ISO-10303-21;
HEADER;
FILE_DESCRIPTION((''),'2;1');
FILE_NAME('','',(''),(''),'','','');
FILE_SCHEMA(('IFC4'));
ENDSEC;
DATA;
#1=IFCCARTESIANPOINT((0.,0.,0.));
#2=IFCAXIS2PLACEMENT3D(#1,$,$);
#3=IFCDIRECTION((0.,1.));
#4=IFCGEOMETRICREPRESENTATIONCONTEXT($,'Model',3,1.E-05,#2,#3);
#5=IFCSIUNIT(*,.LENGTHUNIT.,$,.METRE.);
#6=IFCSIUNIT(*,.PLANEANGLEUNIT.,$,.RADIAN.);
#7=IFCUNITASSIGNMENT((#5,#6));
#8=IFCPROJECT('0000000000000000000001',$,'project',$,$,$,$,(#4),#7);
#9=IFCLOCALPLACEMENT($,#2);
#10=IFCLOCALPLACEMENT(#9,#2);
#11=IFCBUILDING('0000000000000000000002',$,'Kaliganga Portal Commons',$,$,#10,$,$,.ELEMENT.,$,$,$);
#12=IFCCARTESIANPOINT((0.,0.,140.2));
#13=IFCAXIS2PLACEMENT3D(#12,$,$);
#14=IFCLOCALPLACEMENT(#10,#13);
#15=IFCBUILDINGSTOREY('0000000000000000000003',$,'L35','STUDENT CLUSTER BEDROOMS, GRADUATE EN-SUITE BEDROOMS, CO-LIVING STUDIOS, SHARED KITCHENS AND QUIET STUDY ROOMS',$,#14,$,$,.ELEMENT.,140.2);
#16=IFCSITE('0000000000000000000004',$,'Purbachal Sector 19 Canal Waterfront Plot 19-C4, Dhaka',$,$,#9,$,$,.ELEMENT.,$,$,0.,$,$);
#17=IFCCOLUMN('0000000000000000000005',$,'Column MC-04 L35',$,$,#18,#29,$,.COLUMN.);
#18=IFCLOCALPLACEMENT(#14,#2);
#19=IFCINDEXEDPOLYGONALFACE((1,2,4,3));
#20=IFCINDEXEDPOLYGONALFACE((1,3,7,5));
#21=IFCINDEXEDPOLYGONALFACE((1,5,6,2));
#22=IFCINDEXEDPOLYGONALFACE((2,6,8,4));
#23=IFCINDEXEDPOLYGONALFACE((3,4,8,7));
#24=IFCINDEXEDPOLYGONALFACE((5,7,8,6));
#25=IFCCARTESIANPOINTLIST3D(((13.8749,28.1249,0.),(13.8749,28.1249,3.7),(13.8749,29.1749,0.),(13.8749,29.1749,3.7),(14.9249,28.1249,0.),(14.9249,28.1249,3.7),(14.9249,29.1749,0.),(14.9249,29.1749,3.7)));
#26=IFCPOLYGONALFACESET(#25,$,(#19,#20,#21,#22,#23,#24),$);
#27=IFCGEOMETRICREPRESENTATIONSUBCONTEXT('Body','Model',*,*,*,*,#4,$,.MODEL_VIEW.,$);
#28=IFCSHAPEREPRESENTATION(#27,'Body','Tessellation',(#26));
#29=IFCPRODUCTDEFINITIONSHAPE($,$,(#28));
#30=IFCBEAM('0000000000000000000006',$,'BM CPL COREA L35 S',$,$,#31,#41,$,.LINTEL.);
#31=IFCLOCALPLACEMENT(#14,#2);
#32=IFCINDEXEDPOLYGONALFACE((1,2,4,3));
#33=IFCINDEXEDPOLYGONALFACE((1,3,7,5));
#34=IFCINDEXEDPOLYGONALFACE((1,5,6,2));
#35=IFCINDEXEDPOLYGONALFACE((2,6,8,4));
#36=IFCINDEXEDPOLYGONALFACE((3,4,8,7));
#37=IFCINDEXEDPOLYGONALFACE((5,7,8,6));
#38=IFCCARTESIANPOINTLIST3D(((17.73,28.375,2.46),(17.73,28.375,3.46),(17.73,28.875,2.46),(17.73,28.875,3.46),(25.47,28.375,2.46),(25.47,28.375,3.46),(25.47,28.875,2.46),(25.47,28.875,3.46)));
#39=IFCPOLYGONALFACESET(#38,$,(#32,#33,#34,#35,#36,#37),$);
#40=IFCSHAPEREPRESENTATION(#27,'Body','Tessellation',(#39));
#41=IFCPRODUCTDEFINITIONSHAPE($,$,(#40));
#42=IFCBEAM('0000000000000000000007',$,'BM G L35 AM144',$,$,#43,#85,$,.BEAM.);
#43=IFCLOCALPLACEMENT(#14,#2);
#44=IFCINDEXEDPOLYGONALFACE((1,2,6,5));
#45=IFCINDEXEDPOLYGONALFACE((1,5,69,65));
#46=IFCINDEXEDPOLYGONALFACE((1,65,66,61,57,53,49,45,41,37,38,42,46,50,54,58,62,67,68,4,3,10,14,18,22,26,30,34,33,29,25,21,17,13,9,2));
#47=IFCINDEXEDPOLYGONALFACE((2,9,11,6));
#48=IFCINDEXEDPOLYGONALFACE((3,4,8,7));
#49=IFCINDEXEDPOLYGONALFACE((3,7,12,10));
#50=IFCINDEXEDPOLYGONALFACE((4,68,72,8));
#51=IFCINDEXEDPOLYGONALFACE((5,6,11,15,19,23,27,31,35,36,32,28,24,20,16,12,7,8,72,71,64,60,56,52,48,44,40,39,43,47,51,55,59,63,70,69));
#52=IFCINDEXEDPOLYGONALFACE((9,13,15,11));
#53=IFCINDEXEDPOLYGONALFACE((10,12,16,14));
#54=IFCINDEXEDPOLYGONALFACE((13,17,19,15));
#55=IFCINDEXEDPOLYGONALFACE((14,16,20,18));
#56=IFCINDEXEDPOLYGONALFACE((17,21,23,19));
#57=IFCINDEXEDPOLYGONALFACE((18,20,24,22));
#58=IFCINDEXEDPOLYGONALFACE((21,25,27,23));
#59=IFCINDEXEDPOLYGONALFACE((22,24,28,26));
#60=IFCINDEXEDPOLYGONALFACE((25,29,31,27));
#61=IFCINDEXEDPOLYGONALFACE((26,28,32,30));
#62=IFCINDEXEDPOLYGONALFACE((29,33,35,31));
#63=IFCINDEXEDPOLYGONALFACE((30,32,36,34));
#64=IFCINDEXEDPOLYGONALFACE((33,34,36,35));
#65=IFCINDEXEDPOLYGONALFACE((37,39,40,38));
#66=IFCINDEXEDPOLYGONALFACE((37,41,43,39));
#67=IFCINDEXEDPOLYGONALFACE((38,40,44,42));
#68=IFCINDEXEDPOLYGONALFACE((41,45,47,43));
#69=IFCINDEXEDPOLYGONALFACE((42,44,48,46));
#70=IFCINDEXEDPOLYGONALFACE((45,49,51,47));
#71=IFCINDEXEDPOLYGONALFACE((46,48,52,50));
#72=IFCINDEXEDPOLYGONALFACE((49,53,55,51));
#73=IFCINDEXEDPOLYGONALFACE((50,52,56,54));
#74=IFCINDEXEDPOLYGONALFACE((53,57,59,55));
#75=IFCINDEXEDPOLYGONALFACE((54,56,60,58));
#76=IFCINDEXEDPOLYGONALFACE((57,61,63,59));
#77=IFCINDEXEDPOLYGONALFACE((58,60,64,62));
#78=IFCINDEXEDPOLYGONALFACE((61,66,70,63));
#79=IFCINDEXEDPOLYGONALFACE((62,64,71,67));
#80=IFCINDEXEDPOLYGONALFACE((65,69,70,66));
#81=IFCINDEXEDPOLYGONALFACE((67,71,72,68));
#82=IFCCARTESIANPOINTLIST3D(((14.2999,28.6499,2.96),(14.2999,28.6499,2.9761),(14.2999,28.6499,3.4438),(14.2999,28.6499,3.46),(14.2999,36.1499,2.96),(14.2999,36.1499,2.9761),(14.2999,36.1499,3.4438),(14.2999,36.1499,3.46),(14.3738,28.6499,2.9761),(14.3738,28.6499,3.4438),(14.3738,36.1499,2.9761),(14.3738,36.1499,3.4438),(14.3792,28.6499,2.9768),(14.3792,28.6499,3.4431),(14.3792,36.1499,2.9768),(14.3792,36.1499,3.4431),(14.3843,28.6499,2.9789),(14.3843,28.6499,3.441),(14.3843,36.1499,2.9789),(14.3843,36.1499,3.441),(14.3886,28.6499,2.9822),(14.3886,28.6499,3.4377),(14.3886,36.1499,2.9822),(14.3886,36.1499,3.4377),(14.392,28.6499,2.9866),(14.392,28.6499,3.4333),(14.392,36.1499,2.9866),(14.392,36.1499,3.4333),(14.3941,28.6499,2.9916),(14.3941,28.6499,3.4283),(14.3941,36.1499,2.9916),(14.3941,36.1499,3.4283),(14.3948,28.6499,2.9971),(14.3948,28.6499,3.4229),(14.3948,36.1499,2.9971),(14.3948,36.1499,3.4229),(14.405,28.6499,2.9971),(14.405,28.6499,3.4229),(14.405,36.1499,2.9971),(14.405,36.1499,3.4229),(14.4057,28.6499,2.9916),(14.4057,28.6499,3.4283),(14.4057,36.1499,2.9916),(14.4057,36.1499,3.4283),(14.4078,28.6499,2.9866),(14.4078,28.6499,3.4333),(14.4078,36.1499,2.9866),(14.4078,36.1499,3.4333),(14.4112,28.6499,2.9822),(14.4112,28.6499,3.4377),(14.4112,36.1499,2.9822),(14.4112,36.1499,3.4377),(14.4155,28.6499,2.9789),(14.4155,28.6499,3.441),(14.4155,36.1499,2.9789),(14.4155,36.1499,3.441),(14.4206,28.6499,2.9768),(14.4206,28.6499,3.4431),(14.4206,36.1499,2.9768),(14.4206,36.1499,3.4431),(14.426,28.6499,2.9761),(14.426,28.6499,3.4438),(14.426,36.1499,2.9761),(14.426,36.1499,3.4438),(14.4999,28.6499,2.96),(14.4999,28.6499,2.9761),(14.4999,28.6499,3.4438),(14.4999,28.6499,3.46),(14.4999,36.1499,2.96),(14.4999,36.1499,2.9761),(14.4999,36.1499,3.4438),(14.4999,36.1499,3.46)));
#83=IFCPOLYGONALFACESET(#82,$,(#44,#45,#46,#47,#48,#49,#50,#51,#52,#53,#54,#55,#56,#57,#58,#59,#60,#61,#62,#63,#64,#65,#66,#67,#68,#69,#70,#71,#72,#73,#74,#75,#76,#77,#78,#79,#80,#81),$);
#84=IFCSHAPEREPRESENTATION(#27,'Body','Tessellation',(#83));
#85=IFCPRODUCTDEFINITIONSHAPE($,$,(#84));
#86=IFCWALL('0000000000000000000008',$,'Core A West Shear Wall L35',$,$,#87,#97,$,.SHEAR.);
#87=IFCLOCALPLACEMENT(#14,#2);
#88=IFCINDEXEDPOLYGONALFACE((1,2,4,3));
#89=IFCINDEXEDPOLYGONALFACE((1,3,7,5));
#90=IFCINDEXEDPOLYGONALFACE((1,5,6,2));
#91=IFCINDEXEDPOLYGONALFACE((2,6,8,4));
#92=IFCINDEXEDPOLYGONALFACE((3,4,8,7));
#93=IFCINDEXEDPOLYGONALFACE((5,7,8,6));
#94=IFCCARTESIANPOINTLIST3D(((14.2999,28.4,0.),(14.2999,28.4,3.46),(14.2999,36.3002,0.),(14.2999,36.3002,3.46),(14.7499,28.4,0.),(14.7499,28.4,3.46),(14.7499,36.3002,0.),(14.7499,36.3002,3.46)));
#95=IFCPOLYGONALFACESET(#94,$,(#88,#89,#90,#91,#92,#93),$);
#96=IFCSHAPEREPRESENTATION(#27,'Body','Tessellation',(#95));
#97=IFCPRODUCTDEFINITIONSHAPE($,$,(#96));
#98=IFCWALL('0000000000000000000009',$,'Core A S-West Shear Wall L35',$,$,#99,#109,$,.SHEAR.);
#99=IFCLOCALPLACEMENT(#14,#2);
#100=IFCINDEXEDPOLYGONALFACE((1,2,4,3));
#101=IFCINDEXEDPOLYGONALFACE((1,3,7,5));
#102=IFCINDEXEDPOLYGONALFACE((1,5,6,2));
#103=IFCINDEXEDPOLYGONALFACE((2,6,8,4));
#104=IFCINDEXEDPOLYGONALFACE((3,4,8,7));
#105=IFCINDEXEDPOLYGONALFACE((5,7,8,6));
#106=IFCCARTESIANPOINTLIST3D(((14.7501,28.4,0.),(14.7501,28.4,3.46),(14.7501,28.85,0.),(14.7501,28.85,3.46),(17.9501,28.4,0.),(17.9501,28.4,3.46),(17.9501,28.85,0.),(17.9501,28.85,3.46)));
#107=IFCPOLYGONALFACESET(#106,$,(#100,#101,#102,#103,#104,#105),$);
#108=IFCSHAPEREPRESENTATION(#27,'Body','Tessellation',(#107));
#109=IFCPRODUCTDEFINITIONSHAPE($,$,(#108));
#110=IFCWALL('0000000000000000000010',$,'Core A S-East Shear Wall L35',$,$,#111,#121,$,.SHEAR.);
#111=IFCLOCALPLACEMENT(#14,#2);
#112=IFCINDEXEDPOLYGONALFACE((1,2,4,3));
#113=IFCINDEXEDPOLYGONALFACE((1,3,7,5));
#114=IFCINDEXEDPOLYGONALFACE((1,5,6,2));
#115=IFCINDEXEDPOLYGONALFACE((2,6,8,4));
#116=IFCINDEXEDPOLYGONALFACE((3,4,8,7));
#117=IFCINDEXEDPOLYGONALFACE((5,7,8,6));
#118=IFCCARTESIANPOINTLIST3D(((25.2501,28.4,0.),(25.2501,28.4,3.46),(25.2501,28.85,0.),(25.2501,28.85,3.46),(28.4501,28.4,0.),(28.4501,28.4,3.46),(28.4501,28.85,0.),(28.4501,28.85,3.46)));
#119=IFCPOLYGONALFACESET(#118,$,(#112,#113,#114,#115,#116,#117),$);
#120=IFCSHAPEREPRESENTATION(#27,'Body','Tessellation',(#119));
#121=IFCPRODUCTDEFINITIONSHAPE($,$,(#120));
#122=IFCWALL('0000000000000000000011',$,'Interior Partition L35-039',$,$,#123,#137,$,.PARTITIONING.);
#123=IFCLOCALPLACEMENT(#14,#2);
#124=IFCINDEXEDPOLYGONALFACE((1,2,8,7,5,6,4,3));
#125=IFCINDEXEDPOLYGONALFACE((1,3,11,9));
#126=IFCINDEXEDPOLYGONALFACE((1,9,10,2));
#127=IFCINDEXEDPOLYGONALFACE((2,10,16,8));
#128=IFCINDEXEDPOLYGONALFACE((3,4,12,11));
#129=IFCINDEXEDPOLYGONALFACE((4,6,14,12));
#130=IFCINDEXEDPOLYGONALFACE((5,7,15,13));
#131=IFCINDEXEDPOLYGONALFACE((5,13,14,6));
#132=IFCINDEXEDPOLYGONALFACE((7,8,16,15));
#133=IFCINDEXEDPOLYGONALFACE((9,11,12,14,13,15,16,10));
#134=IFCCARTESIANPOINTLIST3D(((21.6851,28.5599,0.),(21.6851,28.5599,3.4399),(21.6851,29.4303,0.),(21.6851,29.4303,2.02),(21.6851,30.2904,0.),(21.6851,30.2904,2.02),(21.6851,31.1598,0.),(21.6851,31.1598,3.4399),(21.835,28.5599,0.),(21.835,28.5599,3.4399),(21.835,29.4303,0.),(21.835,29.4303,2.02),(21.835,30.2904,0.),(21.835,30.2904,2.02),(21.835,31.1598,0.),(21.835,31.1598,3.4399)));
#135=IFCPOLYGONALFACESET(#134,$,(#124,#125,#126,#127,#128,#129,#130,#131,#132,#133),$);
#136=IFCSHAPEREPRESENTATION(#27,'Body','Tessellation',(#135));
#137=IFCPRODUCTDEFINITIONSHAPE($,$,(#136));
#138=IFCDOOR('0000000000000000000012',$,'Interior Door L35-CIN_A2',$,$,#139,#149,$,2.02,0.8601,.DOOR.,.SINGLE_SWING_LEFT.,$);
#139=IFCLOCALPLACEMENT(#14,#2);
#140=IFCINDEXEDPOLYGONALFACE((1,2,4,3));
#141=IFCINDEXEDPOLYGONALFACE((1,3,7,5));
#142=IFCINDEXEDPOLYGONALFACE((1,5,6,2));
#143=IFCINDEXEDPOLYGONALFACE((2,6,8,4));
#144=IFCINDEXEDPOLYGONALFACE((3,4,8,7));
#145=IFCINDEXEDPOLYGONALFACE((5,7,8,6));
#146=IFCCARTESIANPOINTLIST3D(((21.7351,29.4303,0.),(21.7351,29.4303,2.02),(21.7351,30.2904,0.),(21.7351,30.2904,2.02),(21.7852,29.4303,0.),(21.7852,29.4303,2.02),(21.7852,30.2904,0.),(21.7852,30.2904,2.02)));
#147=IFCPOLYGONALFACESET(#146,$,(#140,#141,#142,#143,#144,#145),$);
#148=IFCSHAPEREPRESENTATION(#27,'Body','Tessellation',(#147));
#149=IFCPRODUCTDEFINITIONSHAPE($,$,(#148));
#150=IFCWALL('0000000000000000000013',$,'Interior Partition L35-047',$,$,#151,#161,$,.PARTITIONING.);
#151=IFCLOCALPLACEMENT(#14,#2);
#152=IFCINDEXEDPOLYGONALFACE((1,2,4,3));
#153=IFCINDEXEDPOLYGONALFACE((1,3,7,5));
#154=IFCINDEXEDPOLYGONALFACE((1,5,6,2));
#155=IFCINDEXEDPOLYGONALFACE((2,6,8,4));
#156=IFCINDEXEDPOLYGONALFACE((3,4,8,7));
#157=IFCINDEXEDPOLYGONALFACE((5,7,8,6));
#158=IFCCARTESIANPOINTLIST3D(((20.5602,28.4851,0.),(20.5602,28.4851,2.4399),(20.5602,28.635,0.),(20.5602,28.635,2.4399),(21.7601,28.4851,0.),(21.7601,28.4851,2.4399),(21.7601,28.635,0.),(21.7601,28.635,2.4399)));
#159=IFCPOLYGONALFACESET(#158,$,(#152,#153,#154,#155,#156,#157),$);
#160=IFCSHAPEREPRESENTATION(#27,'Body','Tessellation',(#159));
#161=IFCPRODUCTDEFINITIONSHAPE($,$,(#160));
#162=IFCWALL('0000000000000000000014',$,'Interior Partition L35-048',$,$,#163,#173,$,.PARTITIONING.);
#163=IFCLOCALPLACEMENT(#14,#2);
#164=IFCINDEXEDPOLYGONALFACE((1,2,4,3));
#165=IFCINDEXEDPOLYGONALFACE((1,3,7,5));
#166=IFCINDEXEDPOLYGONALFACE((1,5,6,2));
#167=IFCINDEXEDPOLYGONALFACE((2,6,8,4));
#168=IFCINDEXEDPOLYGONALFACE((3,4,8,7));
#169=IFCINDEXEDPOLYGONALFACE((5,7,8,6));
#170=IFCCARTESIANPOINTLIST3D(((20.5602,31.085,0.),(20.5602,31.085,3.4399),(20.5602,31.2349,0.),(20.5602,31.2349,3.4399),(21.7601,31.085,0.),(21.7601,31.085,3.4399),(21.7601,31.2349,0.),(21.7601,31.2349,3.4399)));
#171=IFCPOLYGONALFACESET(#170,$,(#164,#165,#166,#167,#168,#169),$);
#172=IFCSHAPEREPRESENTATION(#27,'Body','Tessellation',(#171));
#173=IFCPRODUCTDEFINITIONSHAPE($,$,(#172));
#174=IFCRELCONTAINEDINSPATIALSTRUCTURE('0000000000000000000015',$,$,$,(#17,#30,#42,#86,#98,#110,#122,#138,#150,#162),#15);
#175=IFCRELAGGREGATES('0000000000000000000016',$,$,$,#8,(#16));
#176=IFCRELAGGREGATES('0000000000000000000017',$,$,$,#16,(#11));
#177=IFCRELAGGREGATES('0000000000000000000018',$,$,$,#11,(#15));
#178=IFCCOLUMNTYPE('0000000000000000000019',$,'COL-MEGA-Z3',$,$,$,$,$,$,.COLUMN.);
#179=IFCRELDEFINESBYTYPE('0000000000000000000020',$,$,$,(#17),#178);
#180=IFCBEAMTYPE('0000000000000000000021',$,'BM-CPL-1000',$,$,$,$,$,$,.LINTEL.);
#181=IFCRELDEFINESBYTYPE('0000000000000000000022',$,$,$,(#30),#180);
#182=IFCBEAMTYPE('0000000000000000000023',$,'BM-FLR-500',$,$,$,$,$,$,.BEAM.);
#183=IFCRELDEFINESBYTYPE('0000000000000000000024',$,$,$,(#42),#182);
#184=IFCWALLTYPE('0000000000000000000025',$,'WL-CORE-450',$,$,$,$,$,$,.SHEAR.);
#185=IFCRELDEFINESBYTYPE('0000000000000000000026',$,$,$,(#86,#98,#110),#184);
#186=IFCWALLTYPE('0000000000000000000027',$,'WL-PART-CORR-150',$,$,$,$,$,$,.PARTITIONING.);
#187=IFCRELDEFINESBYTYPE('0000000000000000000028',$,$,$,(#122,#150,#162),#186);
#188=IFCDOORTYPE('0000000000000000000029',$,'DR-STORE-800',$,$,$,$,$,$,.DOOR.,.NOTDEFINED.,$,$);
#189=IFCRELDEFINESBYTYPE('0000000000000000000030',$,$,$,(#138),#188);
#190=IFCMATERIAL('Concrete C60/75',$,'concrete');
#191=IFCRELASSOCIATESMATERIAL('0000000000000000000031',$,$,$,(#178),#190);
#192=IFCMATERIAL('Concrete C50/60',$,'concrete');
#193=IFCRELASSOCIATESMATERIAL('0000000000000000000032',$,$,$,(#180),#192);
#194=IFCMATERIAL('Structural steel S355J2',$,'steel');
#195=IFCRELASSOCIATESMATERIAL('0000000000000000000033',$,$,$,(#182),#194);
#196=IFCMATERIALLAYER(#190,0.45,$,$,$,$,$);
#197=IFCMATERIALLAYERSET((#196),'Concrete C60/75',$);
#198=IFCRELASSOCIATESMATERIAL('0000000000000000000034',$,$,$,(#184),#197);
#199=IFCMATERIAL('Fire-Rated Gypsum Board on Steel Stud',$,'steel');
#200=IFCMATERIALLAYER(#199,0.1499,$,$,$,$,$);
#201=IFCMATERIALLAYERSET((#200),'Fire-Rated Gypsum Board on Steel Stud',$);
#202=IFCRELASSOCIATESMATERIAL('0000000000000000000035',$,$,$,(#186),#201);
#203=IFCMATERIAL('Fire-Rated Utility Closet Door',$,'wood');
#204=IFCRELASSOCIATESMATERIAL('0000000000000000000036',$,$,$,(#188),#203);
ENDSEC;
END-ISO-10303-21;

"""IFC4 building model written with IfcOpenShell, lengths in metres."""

from ifc_helpers import new_model, si_unit, direction, frame, frame_2d, origin, origin_2d, place, context, subcontext, project, spatial, rectangle, i_section, extrude, source, transform, mapped, material, layer, layer_set, material_profile, profile_set, type_object, element, fill, save


model = new_model("IFC4")

# Units and contexts
model_context = context("Model", 3, precision=1e-05, world=origin(), true_north=direction((0.0, 1.0)))
body_context = subcontext(model_context, "Body", "Model", "MODEL_VIEW")
ifc_project = project(units=[si_unit("LENGTHUNIT", "METRE"), si_unit("PLANEANGLEUNIT", "RADIAN")], contexts=[model_context])

# Site, building, storey
site_placement = place(None, origin())
site = spatial("IfcSite", under=ifc_project, at=site_placement, Name="Purbachal Sector 19 Canal Waterfront Plot 19-C4, Dhaka", CompositionType="ELEMENT", RefElevation=0.0)
building_placement = place(site_placement, origin())
building = spatial("IfcBuilding", under=site, at=building_placement, Name="Kaliganga Portal Commons", CompositionType="ELEMENT")
storey_placement = place(building_placement, frame((0.0, 0.0, 140.2)))
storey = spatial("IfcBuildingStorey", under=building, at=storey_placement, Name="L35", Description="STUDENT CLUSTER BEDROOMS, GRADUATE EN-SUITE BEDROOMS, CO-LIVING STUDIOS, SHARED KITCHENS AND QUIET STUDY ROOMS", CompositionType="ELEMENT", Elevation=140.2)

# Column
ifc_material_1 = material(Name="Concrete C60/75", Category="concrete")
ifc_material_profile_1 = material_profile(ifc_material_1, rectangle(XDim=1.05, YDim=1.05, at=origin_2d()), Name="RC 1050x1050")
ifc_profile_set_1 = profile_set([ifc_material_profile_1], Name="Concrete C60/75")
column_type = type_object("IfcColumnType", Name="COL-MEGA-Z3", PredefinedType="COLUMN", material=ifc_profile_set_1)
shared_shape_1 = source(origin(), body_context, "Body", "SweptSolid", [
    extrude(rectangle(XDim=1.05, YDim=1.05, at=origin_2d()), origin(), (0.0, 0.0, 1.0), 3.7),
])
column_placement = place(storey_placement, frame((14.3999, 28.6499, 0.0), z_axis=(0.0, 0.0, 1.0), x_axis=(1.0, 0.0, 0.0)))
element("IfcColumn", 1, at=column_placement, inside=storey, type_object=column_type, Name="Column MC-04 L35", PredefinedType="COLUMN", context=body_context, shape_type="MappedRepresentation", body=[
    mapped(shared_shape_1, transform((0.0, 0.0, 0.0), x_axis=(1.0, 0.0, 0.0), y_axis=(0.0, 1.0, 0.0), z_axis=(0.0, 0.0, 1.0), scale=1.0)),
])

# Beams
ifc_material_2 = material(Name="Concrete C50/60", Category="concrete")
ifc_material_profile_2 = material_profile(ifc_material_2, rectangle(XDim=0.5, YDim=1.0, at=origin_2d()), Name="RC 500x1000")
ifc_profile_set_2 = profile_set([ifc_material_profile_2], Name="Concrete C50/60")
beam_type_1 = type_object("IfcBeamType", Name="BM-CPL-1000", PredefinedType="LINTEL", material=ifc_profile_set_2)
shared_shape_2 = source(origin(), body_context, "Body", "SweptSolid", [
    extrude(rectangle(XDim=0.5, YDim=1.0, at=origin_2d()), origin(), (0.0, 0.0, 1.0), 7.74),
])
beam_1_placement = place(storey_placement, frame((17.73, 28.625, 2.96), z_axis=(1.0, 0.0, 0.0), x_axis=(0.0, 1.0, 0.0)))
element("IfcBeam", 2, at=beam_1_placement, inside=storey, type_object=beam_type_1, Name="BM CPL COREA L35 S", PredefinedType="LINTEL", context=body_context, shape_type="MappedRepresentation", body=[
    mapped(shared_shape_2, transform((0.0, 0.0, 0.0), x_axis=(1.0, 0.0, 0.0), y_axis=(0.0, 1.0, 0.0), z_axis=(0.0, 0.0, 1.0), scale=1.0)),
])
ifc_material_3 = material(Name="Structural steel S355J2", Category="steel")
ifc_material_profile_3 = material_profile(ifc_material_3, i_section(OverallWidth=0.2, OverallDepth=0.5, WebThickness=0.0103, FlangeThickness=0.0161, FilletRadius=0.021, at=origin_2d()), Name="IPE 500")
ifc_profile_set_3 = profile_set([ifc_material_profile_3], Name="Structural steel S355J2 wide-flange")
beam_type_2 = type_object("IfcBeamType", Name="BM-FLR-500", PredefinedType="BEAM", material=ifc_profile_set_3)
shared_shape_3 = source(origin(), body_context, "Body", "SweptSolid", [
    extrude(i_section(OverallWidth=0.2, OverallDepth=0.5, WebThickness=0.0103, FlangeThickness=0.0161, FilletRadius=0.021, at=origin_2d()), origin(), (0.0, 0.0, 1.0), 7.5),
])
beam_2_placement = place(storey_placement, frame((14.3999, 28.6499, 3.21), z_axis=(0.0, 1.0, 0.0), x_axis=(-1.0, 0.0, 0.0)))
element("IfcBeam", 3, at=beam_2_placement, inside=storey, type_object=beam_type_2, Name="BM G L35 AM144", PredefinedType="BEAM", context=body_context, shape_type="MappedRepresentation", body=[
    mapped(shared_shape_3, transform((0.0, 0.0, 0.0), x_axis=(1.0, 0.0, 0.0), y_axis=(0.0, 1.0, 0.0), z_axis=(0.0, 0.0, 1.0), scale=1.0)),
])

# Walls
ifc_layer_1 = layer(ifc_material_1, 0.45)
ifc_layer_set_1 = layer_set([ifc_layer_1], Name="Concrete C60/75")
wall_type_1 = type_object("IfcWallType", Name="WL-CORE-450", PredefinedType="SHEAR", material=ifc_layer_set_1)
wall_1_placement = place(storey_placement, frame((14.5249, 28.3999, 0.0), z_axis=(0.0, 0.0, 1.0), x_axis=(0.0, 1.0, 0.0)))
element("IfcWall", 4, at=wall_1_placement, inside=storey, type_object=wall_type_1, Name="Core A West Shear Wall L35", PredefinedType="SHEAR", context=body_context, shape_type="SweptSolid", body=[
    extrude(rectangle(XDim=7.9001, YDim=0.45, at=frame_2d((3.9502, 0.0))), origin(), (0.0, 0.0, 1.0), 3.46),
])
for number, where, z_axis, x_axis, name in (
    (5, (14.75, 28.625, 0.0), (0.0, 0.0, 1.0), (1.0, 0.0, 0.0), "Core A S-West Shear Wall L35"),
    (6, (25.25, 28.625, 0.0), (0.0, 0.0, 1.0), (1.0, 0.0, 0.0), "Core A S-East Shear Wall L35"),
):
    element("IfcWall", number, at=place(storey_placement, frame(where, z_axis=z_axis, x_axis=x_axis)), inside=storey, type_object=wall_type_1, Name=name, PredefinedType="SHEAR", context=body_context, shape_type="SweptSolid", body=[
        extrude(rectangle(XDim=3.2, YDim=0.45, at=frame_2d((1.6001, 0.0))), origin(), (0.0, 0.0, 1.0), 3.46),
    ])

# Wall, opening, door
ifc_material_4 = material(Name="Fire-Rated Gypsum Board on Steel Stud", Category="steel")
ifc_layer_2 = layer(ifc_material_4, 0.1499)
ifc_layer_set_2 = layer_set([ifc_layer_2], Name="Fire-Rated Gypsum Board on Steel Stud")
wall_type_2 = type_object("IfcWallType", Name="WL-PART-CORR-150", PredefinedType="PARTITIONING", material=ifc_layer_set_2)
wall_2_placement = place(storey_placement, frame((21.76, 28.5601, 0.0), z_axis=(0.0, 0.0, 1.0), x_axis=(0.0, 1.0, 0.0)))
wall_2 = element("IfcWall", 7, at=wall_2_placement, inside=storey, type_object=wall_type_2, Name="Interior Partition L35-039", PredefinedType="PARTITIONING", context=body_context, shape_type="SweptSolid", body=[
    extrude(rectangle(XDim=2.5999, YDim=0.1499, at=frame_2d((1.2998, 0.0))), origin(), (0.0, 0.0, 1.0), 3.4399),
])
opening_1_placement = place(wall_2_placement, frame((0.8701, 0.0, 0.0)))
opening_1 = element("IfcOpeningElement", 8, at=opening_1_placement, cuts=wall_2, PredefinedType="OPENING", context=body_context, shape_type="SweptSolid", body=[
    extrude(rectangle(XDim=0.8601, YDim=2.02, at=frame_2d((0.4302, 1.01))), frame((0.0, 0.085, 0.0), z_axis=(0.0, -1.0, 0.0), x_axis=(1.0, 0.0, 0.0)), (0.0, 0.0, 1.0), 0.1699),
])
ifc_material_5 = material(Name="Fire-Rated Utility Closet Door", Category="wood")
door_type_1 = type_object("IfcDoorType", Name="DR-STORE-800", OperationType="NOTDEFINED", PredefinedType="DOOR", material=ifc_material_5)
door_1_placement = place(opening_1_placement, origin())
door_1 = element("IfcDoor", 9, at=door_1_placement, inside=storey, type_object=door_type_1, Name="Interior Door L35-CIN_A2", OperationType="SINGLE_SWING_LEFT", OverallHeight=2.02, OverallWidth=0.8601, PredefinedType="DOOR", context=body_context, shape_type="SweptSolid", body=[
    extrude(rectangle(XDim=0.8601, YDim=2.02, at=frame_2d((0.4302, 1.01))), frame((0.0, 0.0249, 0.0), z_axis=(0.0, -1.0, 0.0), x_axis=(1.0, 0.0, 0.0)), (0.0, 0.0, 1.0), 0.05),
])
fill(opening_1, door_1)

# Walls
wall_3_placement = place(storey_placement, frame((20.5601, 28.5601, 0.0), z_axis=(0.0, 0.0, 1.0), x_axis=(1.0, 0.0, 0.0)))
element("IfcWall", 10, at=wall_3_placement, inside=storey, type_object=wall_type_2, Name="Interior Partition L35-047", PredefinedType="PARTITIONING", context=body_context, shape_type="SweptSolid", body=[
    extrude(rectangle(XDim=1.2, YDim=0.1499, at=frame_2d((0.6001, 0.0))), origin(), (0.0, 0.0, 1.0), 2.4399),
])
wall_4_placement = place(storey_placement, frame((20.5601, 31.1599, 0.0), z_axis=(0.0, 0.0, 1.0), x_axis=(1.0, 0.0, 0.0)))
element("IfcWall", 11, at=wall_4_placement, inside=storey, type_object=wall_type_2, Name="Interior Partition L35-048", PredefinedType="PARTITIONING", context=body_context, shape_type="SweptSolid", body=[
    extrude(rectangle(XDim=1.2, YDim=0.1499, at=frame_2d((0.6001, 0.0))), origin(), (0.0, 0.0, 1.0), 3.4399),
])

save(model, "model.ifc")
